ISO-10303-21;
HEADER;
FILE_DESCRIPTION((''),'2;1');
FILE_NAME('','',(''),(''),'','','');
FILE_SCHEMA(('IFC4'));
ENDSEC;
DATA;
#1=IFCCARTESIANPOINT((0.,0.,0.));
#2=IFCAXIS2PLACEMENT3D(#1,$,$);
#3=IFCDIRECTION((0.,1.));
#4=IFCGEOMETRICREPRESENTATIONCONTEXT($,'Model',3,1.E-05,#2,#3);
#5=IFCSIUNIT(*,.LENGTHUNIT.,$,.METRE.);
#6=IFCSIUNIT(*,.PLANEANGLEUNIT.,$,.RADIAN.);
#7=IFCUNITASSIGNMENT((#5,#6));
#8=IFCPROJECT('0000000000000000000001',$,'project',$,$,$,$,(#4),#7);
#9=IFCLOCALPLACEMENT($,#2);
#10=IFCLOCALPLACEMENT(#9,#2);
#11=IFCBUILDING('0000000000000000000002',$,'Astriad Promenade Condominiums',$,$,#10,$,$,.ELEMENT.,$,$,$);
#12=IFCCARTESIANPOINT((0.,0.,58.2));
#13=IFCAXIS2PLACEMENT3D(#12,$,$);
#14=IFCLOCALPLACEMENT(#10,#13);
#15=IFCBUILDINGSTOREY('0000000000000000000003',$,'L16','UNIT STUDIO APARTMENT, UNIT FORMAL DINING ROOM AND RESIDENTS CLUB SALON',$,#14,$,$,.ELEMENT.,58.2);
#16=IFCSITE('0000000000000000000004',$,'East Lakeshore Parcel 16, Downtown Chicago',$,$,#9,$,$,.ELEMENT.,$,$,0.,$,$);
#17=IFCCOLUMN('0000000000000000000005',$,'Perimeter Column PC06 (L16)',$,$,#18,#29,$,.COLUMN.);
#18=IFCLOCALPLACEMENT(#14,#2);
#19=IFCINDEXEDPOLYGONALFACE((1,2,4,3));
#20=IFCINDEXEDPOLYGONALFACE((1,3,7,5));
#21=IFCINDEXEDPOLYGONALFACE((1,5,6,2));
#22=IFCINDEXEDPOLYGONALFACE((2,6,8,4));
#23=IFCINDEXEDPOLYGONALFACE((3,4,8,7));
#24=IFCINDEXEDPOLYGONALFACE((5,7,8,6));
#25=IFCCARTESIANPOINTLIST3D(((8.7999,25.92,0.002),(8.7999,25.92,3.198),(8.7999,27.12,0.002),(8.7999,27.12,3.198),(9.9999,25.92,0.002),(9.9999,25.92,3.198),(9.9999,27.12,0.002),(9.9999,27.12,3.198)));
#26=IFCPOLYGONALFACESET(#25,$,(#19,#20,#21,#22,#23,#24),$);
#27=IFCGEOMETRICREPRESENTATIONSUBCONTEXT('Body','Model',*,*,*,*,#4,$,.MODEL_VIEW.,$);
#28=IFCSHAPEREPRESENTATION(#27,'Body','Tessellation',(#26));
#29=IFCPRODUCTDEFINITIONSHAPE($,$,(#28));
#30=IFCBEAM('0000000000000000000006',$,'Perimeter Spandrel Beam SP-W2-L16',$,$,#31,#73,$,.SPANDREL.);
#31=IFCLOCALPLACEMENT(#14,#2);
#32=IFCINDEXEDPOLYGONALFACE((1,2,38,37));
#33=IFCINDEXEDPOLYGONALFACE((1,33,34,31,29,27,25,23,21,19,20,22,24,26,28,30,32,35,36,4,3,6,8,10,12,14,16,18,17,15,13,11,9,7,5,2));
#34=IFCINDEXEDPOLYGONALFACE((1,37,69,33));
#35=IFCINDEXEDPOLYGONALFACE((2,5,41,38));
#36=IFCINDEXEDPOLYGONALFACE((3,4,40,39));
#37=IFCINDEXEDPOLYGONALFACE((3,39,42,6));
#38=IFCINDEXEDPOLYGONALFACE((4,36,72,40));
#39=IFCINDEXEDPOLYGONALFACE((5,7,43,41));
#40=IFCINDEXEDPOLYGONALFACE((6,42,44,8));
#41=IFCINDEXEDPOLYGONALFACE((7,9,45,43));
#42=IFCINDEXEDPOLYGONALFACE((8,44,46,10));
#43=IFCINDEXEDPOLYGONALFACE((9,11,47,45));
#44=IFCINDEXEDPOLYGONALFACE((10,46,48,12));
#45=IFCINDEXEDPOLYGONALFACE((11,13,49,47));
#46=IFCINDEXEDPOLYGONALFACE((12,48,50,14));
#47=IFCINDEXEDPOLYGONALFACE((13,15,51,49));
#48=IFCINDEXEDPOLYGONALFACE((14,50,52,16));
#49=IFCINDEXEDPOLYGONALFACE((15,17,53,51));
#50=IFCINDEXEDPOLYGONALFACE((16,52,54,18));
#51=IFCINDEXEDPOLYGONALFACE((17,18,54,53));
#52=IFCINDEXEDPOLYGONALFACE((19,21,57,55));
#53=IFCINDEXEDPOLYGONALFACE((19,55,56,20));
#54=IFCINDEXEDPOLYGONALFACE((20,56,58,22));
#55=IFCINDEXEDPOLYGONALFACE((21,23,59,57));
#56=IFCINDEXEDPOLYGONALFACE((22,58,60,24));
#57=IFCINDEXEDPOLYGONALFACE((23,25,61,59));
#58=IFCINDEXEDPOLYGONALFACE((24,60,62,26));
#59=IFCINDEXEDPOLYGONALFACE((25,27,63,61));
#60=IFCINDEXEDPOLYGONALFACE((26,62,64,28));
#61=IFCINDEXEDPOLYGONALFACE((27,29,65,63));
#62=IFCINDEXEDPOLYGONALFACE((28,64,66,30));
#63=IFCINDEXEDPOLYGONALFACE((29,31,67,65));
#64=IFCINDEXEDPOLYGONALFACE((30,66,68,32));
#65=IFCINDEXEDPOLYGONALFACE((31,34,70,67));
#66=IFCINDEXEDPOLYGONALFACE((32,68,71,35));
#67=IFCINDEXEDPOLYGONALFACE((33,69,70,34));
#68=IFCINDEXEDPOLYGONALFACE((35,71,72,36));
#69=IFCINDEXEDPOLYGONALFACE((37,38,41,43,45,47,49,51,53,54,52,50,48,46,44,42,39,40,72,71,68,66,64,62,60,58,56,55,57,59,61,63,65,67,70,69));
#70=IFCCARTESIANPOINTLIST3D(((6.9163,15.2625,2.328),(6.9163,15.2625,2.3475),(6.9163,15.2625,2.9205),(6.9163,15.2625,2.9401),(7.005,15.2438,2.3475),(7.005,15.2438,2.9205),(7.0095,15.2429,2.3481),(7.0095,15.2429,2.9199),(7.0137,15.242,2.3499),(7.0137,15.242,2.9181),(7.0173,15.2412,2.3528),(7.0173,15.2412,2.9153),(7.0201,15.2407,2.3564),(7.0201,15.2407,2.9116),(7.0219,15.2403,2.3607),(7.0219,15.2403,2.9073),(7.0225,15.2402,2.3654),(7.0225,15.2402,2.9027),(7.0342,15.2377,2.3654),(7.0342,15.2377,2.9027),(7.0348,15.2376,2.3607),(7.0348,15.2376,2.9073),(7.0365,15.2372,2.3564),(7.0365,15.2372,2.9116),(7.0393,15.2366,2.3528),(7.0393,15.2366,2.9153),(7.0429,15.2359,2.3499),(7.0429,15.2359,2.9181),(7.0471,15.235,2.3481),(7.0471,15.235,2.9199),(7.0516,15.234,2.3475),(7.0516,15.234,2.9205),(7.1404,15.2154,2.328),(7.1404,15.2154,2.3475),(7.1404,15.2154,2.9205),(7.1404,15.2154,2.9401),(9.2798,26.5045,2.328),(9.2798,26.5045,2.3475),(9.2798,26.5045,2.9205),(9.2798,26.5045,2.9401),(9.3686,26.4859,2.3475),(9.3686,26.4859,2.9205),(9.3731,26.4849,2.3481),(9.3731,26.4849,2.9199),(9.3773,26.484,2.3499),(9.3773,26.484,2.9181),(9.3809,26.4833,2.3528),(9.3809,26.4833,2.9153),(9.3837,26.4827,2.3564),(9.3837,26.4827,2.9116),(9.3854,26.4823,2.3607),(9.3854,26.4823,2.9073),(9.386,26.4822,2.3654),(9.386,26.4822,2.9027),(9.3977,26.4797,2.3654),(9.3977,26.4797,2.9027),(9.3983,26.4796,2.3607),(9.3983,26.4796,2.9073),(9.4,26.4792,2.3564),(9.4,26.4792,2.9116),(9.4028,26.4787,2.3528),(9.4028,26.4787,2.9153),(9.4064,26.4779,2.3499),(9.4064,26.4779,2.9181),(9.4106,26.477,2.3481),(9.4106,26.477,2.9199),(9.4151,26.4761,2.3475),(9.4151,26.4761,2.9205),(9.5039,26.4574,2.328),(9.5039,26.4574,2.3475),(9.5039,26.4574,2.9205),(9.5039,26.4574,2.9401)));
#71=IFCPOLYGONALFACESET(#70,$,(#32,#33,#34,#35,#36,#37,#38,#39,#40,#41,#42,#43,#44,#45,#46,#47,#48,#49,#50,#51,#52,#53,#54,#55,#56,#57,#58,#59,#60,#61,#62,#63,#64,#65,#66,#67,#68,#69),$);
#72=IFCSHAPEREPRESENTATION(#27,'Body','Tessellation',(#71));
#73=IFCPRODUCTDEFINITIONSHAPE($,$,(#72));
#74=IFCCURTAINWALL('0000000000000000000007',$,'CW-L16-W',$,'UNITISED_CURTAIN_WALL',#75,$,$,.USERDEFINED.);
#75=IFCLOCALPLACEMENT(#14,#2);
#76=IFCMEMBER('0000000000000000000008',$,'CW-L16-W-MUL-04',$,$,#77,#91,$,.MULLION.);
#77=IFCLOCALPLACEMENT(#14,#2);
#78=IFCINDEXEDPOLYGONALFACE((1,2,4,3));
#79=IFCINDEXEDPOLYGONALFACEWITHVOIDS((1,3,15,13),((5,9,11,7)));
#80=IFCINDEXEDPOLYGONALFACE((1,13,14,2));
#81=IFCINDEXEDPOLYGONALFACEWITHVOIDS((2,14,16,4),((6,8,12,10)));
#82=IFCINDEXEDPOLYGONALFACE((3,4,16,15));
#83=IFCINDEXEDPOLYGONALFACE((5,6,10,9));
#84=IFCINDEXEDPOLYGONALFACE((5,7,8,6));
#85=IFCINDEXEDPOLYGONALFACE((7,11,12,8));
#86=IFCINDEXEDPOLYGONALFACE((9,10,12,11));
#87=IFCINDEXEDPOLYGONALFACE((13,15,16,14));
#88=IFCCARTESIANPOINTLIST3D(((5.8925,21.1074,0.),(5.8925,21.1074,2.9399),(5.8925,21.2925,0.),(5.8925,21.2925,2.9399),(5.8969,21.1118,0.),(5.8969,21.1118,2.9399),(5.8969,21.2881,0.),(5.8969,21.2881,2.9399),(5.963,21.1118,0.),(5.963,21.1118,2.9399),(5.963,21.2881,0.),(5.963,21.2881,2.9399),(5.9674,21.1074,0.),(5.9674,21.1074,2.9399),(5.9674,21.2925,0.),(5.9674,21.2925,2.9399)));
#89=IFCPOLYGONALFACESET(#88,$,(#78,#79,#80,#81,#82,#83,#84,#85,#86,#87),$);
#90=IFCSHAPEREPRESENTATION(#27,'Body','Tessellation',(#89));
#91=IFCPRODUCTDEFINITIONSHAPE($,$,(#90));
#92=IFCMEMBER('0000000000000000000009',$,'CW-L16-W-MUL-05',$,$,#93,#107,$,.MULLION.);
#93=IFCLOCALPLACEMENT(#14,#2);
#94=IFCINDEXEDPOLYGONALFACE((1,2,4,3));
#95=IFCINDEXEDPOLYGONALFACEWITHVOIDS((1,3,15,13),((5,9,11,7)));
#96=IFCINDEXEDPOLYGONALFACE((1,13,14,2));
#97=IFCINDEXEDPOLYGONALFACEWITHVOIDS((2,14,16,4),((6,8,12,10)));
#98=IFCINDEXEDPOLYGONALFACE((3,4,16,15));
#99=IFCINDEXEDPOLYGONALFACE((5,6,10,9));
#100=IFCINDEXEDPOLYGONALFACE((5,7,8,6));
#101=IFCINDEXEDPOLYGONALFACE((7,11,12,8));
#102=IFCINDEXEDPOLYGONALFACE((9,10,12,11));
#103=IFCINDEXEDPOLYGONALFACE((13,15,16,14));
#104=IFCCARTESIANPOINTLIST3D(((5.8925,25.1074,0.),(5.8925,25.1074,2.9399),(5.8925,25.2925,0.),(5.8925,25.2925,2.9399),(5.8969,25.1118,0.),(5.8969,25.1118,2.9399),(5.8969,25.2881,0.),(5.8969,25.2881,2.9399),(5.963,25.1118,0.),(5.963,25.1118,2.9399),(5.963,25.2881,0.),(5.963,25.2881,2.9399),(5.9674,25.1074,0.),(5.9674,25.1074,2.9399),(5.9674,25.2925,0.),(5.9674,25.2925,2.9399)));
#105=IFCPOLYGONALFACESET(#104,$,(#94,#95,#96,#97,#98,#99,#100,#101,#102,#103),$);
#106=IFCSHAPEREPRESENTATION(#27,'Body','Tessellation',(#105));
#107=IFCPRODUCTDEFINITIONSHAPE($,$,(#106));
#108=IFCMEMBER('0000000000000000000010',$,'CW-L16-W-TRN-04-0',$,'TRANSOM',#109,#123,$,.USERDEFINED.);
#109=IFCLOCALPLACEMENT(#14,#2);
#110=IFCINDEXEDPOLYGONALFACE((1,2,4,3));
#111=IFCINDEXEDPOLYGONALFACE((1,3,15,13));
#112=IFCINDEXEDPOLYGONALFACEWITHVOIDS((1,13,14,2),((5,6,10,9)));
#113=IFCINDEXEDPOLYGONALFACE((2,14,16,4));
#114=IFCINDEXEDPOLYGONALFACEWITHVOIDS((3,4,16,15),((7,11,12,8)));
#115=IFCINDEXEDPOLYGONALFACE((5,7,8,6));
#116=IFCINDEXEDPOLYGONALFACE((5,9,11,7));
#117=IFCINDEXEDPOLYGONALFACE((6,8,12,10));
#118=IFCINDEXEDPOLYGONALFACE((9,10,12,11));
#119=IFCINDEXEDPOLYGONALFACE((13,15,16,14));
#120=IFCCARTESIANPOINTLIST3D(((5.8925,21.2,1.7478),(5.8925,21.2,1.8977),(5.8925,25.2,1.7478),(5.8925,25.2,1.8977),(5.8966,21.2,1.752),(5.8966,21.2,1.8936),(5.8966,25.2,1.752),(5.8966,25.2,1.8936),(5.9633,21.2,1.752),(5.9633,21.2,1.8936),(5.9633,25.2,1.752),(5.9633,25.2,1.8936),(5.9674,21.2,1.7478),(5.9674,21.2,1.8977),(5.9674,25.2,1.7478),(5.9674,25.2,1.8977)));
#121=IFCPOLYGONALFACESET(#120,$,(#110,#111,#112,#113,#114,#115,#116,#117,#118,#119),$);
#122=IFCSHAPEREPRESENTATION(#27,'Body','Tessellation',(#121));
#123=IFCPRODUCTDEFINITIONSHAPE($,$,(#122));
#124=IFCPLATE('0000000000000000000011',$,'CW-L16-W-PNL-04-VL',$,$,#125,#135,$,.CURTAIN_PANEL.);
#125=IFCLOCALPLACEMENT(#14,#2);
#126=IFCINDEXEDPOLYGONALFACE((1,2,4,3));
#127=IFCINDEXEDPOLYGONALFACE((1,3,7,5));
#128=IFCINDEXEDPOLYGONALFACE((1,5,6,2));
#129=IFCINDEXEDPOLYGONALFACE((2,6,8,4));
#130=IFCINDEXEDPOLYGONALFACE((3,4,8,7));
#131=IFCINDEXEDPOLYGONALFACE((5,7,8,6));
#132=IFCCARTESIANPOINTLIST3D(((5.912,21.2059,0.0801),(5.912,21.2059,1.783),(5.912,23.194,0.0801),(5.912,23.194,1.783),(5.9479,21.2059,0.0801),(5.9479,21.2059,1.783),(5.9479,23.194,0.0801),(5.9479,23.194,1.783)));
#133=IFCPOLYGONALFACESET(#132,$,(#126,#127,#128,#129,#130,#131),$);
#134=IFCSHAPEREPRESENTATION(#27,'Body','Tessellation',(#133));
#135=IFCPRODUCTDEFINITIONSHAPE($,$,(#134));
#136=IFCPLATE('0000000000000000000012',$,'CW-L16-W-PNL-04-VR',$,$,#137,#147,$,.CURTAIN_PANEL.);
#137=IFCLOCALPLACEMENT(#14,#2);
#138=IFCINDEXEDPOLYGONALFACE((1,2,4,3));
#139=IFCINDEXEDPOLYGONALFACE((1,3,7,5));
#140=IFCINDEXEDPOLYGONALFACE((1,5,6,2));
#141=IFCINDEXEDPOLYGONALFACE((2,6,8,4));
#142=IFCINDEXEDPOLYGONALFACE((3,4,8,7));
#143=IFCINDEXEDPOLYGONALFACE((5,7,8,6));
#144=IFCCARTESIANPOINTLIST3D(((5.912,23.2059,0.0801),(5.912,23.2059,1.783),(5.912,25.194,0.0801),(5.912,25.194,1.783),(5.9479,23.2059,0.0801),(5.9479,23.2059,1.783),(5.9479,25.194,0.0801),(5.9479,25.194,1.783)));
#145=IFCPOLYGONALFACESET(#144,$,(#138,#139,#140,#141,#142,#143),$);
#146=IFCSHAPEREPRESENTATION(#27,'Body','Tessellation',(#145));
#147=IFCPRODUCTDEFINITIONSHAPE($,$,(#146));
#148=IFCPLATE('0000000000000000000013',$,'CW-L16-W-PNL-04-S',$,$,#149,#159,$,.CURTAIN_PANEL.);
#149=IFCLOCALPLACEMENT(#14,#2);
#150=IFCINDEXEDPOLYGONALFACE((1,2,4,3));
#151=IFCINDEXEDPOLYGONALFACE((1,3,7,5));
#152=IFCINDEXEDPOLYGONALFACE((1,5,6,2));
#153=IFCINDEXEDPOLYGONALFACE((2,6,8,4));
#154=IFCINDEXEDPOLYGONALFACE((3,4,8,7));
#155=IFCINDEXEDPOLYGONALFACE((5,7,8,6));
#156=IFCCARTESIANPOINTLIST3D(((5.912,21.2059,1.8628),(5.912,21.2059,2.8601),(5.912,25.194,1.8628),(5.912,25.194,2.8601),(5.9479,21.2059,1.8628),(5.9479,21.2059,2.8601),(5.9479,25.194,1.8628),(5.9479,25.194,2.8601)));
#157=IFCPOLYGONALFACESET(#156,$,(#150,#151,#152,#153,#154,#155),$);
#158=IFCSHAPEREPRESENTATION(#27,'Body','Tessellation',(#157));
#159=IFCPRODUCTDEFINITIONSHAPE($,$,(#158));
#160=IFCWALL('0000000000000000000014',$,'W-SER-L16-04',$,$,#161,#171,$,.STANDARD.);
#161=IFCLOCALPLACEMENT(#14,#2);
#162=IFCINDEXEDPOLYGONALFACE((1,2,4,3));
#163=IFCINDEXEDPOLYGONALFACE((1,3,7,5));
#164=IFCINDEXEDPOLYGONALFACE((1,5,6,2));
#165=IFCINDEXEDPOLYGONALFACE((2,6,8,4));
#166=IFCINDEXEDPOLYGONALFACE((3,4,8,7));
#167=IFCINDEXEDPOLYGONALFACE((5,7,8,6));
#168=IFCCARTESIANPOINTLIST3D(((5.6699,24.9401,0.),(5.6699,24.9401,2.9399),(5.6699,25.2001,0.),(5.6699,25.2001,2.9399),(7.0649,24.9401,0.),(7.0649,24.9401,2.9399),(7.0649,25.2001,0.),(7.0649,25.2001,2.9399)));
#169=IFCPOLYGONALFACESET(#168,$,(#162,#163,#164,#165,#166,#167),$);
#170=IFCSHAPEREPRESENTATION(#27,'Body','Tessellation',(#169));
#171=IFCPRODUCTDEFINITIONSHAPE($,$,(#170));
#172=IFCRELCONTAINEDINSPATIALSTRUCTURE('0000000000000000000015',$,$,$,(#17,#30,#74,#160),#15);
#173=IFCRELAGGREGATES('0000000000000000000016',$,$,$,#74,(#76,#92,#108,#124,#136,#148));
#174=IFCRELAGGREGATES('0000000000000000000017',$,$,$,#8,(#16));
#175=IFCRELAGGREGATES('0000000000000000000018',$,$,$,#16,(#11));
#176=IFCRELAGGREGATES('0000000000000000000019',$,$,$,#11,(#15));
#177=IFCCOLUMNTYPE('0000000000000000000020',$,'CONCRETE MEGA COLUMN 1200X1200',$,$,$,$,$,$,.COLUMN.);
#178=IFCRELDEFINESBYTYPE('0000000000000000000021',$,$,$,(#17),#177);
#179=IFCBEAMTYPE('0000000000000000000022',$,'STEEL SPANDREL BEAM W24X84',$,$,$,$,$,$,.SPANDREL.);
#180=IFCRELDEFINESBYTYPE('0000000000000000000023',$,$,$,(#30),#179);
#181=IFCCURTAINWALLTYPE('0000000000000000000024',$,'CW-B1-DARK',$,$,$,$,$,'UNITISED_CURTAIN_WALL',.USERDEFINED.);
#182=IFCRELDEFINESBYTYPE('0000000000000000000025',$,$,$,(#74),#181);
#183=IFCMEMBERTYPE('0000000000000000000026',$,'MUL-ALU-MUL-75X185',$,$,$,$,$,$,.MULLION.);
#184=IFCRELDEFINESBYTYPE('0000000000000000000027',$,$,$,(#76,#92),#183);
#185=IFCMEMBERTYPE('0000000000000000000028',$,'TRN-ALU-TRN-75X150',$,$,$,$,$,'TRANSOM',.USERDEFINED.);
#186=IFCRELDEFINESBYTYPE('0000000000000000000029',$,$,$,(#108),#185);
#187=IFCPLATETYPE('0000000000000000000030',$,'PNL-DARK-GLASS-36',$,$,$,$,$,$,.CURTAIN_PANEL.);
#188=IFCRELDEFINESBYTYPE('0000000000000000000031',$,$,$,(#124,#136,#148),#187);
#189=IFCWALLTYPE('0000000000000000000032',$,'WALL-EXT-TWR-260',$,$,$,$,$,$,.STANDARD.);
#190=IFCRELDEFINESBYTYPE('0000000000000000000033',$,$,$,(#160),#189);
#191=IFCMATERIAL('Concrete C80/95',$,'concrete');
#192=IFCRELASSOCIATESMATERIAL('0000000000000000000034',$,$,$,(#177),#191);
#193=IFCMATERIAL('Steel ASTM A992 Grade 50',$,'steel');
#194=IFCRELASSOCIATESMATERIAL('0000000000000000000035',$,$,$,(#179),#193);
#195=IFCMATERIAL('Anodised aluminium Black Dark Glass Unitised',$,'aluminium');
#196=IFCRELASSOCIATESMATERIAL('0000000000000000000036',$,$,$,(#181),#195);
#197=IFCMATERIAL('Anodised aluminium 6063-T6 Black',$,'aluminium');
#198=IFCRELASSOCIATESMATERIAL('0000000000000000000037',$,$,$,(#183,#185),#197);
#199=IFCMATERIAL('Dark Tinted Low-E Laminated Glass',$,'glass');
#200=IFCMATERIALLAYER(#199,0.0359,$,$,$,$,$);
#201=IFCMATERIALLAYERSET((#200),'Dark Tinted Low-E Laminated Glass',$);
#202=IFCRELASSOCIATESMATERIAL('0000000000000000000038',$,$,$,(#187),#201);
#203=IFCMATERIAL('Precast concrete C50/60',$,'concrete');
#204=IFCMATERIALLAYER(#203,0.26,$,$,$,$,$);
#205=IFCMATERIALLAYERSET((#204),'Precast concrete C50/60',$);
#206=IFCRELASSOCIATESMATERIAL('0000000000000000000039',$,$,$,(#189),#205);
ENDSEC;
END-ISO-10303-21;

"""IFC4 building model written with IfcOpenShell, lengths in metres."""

from ifc_helpers import new_model, si_unit, direction, frame, frame_2d, origin, origin_2d, place, context, subcontext, project, spatial, rectangle, hollow_rectangle, i_section, extrude, source, transform, mapped, material, layer, layer_set, material_profile, profile_set, type_object, type_shapes, element, aggregate, save


model = new_model("IFC4")

# Units and contexts
model_context = context("Model", 3, precision=1e-05, world=origin(), true_north=direction((0.0, 1.0)))
body_context = subcontext(model_context, "Body", "Model", "MODEL_VIEW")
ifc_project = project(units=[si_unit("LENGTHUNIT", "METRE"), si_unit("PLANEANGLEUNIT", "RADIAN")], contexts=[model_context])

# Site, building, storey
site_placement = place(None, origin())
site = spatial("IfcSite", under=ifc_project, at=site_placement, Name="East Lakeshore Parcel 16, Downtown Chicago", CompositionType="ELEMENT", RefElevation=0.0)
building_placement = place(site_placement, origin())
building = spatial("IfcBuilding", under=site, at=building_placement, Name="Astriad Promenade Condominiums", CompositionType="ELEMENT")
storey_placement = place(building_placement, frame((0.0, 0.0, 58.2)))
storey = spatial("IfcBuildingStorey", under=building, at=storey_placement, Name="L16", Description="UNIT STUDIO APARTMENT, UNIT FORMAL DINING ROOM AND RESIDENTS CLUB SALON", CompositionType="ELEMENT", Elevation=58.2)

# Column
ifc_material_1 = material(Name="Concrete C80/95", Category="concrete")
ifc_material_profile_1 = material_profile(ifc_material_1, rectangle(XDim=1.2, YDim=1.2, at=origin_2d()), Name="RC-COL-1200X1200")
ifc_profile_set_1 = profile_set([ifc_material_profile_1], Name="Concrete C80/95")
column_type = type_object("IfcColumnType", Name="CONCRETE MEGA COLUMN 1200X1200", PredefinedType="COLUMN", material=ifc_profile_set_1)
shared_shape_1 = source(origin(), body_context, "Body", "SweptSolid", [
    extrude(rectangle(XDim=1.2, YDim=1.2, at=origin_2d()), origin(), (0.0, 0.0, 1.0), 3.196),
])
type_shapes(column_type, [shared_shape_1])
column_placement = place(storey_placement, frame((9.3999, 26.52, 0.002), z_axis=(0.0, 0.0, 1.0), x_axis=(1.0, 0.0, 0.0)))
element("IfcColumn", 1, at=column_placement, inside=storey, type_object=column_type, Name="Perimeter Column PC06 (L16)", PredefinedType="COLUMN", context=body_context, shape_type="MappedRepresentation", body=[
    mapped(shared_shape_1, transform((0.0, 0.0, 0.0), scale=1.0)),
])

# Beam
ifc_material_2 = material(Name="Steel ASTM A992 Grade 50", Category="steel")
ifc_material_profile_2 = material_profile(ifc_material_2, i_section(OverallWidth=0.229, OverallDepth=0.6121, WebThickness=0.012, FlangeThickness=0.0195, FilletRadius=0.0178, at=origin_2d()), Name="W24X84")
ifc_profile_set_2 = profile_set([ifc_material_profile_2], Name="Steel ASTM A992 Grade 50")
beam_type = type_object("IfcBeamType", Name="STEEL SPANDREL BEAM W24X84", PredefinedType="SPANDREL", material=ifc_profile_set_2)
shared_shape_2 = source(origin(), body_context, "Body", "SweptSolid", [
    extrude(i_section(OverallWidth=0.229, OverallDepth=0.6121, WebThickness=0.012, FlangeThickness=0.0195, FilletRadius=0.0178, at=origin_2d()), origin(), (0.0, 0.0, 1.0), 11.4878),
])
type_shapes(beam_type, [shared_shape_2])
beam_placement = place(storey_placement, frame((9.3918, 26.481, 2.634), z_axis=(-0.205744, -0.978606, 0.0), x_axis=(0.978606, -0.205744, 0.0)))
element("IfcBeam", 2, at=beam_placement, inside=storey, type_object=beam_type, Name="Perimeter Spandrel Beam SP-W2-L16", PredefinedType="SPANDREL", context=body_context, shape_type="MappedRepresentation", body=[
    mapped(shared_shape_2, transform((0.0, 0.0, 0.0), scale=1.0)),
])

# Curtain wall, members, plates
ifc_material_3 = material(Name="Anodised aluminium Black Dark Glass Unitised", Category="aluminium")
curtain_wall_type = type_object("IfcCurtainWallType", Name="CW-B1-DARK", ElementType="UNITISED_CURTAIN_WALL", PredefinedType="USERDEFINED", material=ifc_material_3)
curtain_wall_placement = place(storey_placement, origin())
curtain_wall = element("IfcCurtainWall", 3, at=curtain_wall_placement, inside=storey, type_object=curtain_wall_type, Name="CW-L16-W", ObjectType="UNITISED_CURTAIN_WALL", PredefinedType="USERDEFINED")
ifc_material_4 = material(Name="Anodised aluminium 6063-T6 Black", Category="aluminium")
ifc_material_profile_3 = material_profile(ifc_material_4, hollow_rectangle(XDim=0.075, YDim=0.1851, WallThickness=0.0044, at=origin_2d()), Name="ALU-MUL-75X185")
ifc_profile_set_3 = profile_set([ifc_material_profile_3], Name="Anodised aluminium 6063-T6 Black")
member_type_1 = type_object("IfcMemberType", Name="MUL-ALU-MUL-75X185", PredefinedType="MULLION", material=ifc_profile_set_3)
shared_shape_3 = source(origin(), body_context, "Body", "SweptSolid", [
    extrude(hollow_rectangle(XDim=0.075, YDim=0.1851, WallThickness=0.0044, at=origin_2d()), origin(), (0.0, 0.0, 1.0), 2.9399),
])
type_shapes(member_type_1, [shared_shape_3])
member_1_placement = place(storey_placement, frame((5.9299, 21.2, 0.0), z_axis=(0.0, 0.0, 1.0), x_axis=(1.0, 0.0, 0.0)))
member_1 = element("IfcMember", 4, at=member_1_placement, type_object=member_type_1, Name="CW-L16-W-MUL-04", PredefinedType="MULLION", context=body_context, shape_type="MappedRepresentation", body=[
    mapped(shared_shape_3, transform((0.0, 0.0, 0.0), scale=1.0)),
])
member_2_placement = place(storey_placement, frame((5.9299, 25.2, 0.0), z_axis=(0.0, 0.0, 1.0), x_axis=(1.0, 0.0, 0.0)))
member_2 = element("IfcMember", 5, at=member_2_placement, type_object=member_type_1, Name="CW-L16-W-MUL-05", PredefinedType="MULLION", context=body_context, shape_type="MappedRepresentation", body=[
    mapped(shared_shape_3, transform((0.0, 0.0, 0.0), scale=1.0)),
])
ifc_material_profile_4 = material_profile(ifc_material_4, hollow_rectangle(XDim=0.075, YDim=0.1499, WallThickness=0.0042, at=origin_2d()), Name="ALU-TRN-75X150")
ifc_profile_set_4 = profile_set([ifc_material_profile_4], Name="Anodised aluminium 6063-T6 Black")
member_type_2 = type_object("IfcMemberType", Name="TRN-ALU-TRN-75X150", ElementType="TRANSOM", PredefinedType="USERDEFINED", material=ifc_profile_set_4)
shared_shape_4 = source(origin(), body_context, "Body", "SweptSolid", [
    extrude(hollow_rectangle(XDim=0.075, YDim=0.1499, WallThickness=0.0042, at=origin_2d()), origin(), (0.0, 0.0, 1.0), 4.0),
])
type_shapes(member_type_2, [shared_shape_4])
member_3_placement = place(storey_placement, frame((5.9299, 21.2, 1.8228), z_axis=(0.0, 1.0, 0.0), x_axis=(-1.0, 0.0, 0.0)))
member_3 = element("IfcMember", 6, at=member_3_placement, type_object=member_type_2, Name="CW-L16-W-TRN-04-0", ObjectType="TRANSOM", PredefinedType="USERDEFINED", context=body_context, shape_type="MappedRepresentation", body=[
    mapped(shared_shape_4, transform((0.0, 0.0, 0.0), scale=1.0)),
])
ifc_material_5 = material(Name="Dark Tinted Low-E Laminated Glass", Category="glass")
ifc_layer_1 = layer(ifc_material_5, 0.0359)
ifc_layer_set_1 = layer_set([ifc_layer_1], Name="Dark Tinted Low-E Laminated Glass")
plate_type = type_object("IfcPlateType", Name="PNL-DARK-GLASS-36", PredefinedType="CURTAIN_PANEL", material=ifc_layer_set_1)
shared_shape_5 = source(origin(), body_context, "Body", "SweptSolid", [
    extrude(rectangle(XDim=1.988, YDim=0.0359, at=origin_2d()), origin(), (0.0, 0.0, 1.0), 1.7029),
])
plate_1_placement = place(storey_placement, frame((5.9299, 22.2, 0.0801), z_axis=(0.0, 0.0, 1.0), x_axis=(0.0, 1.0, 0.0)))
plate_1 = element("IfcPlate", 7, at=plate_1_placement, type_object=plate_type, Name="CW-L16-W-PNL-04-VL", PredefinedType="CURTAIN_PANEL", context=body_context, shape_type="MappedRepresentation", body=[
    mapped(shared_shape_5, transform((0.0, 0.0, 0.0), scale=1.0)),
])
plate_2_placement = place(storey_placement, frame((5.9299, 24.2, 0.0801), z_axis=(0.0, 0.0, 1.0), x_axis=(0.0, 1.0, 0.0)))
plate_2 = element("IfcPlate", 8, at=plate_2_placement, type_object=plate_type, Name="CW-L16-W-PNL-04-VR", PredefinedType="CURTAIN_PANEL", context=body_context, shape_type="MappedRepresentation", body=[
    mapped(shared_shape_5, transform((0.0, 0.0, 0.0), scale=1.0)),
])
shared_shape_6 = source(origin(), body_context, "Body", "SweptSolid", [
    extrude(rectangle(XDim=3.988, YDim=0.0359, at=origin_2d()), origin(), (0.0, 0.0, 1.0), 0.9973),
])
type_shapes(plate_type, [shared_shape_5, shared_shape_6])
plate_3_placement = place(storey_placement, frame((5.9299, 23.2, 1.8628), z_axis=(0.0, 0.0, 1.0), x_axis=(0.0, 1.0, 0.0)))
plate_3 = element("IfcPlate", 9, at=plate_3_placement, type_object=plate_type, Name="CW-L16-W-PNL-04-S", PredefinedType="CURTAIN_PANEL", context=body_context, shape_type="MappedRepresentation", body=[
    mapped(shared_shape_6, transform((0.0, 0.0, 0.0), scale=1.0)),
])
aggregate(curtain_wall, [member_1, member_2, member_3, plate_1, plate_2, plate_3])

# Wall
ifc_material_6 = material(Name="Precast concrete C50/60", Category="concrete")
ifc_layer_2 = layer(ifc_material_6, 0.26)
ifc_layer_set_2 = layer_set([ifc_layer_2], Name="Precast concrete C50/60")
wall_type_1 = type_object("IfcWallType", Name="WALL-EXT-TWR-260", PredefinedType="STANDARD", material=ifc_layer_set_2)
for number, where, z_axis, x_axis, name in (
    (10, (5.6699, 25.0701, 0.0), (0.0, 0.0, 1.0), (1.0, 0.0, 0.0), "W-SER-L16-04"),
):
    element("IfcWall", number, at=place(storey_placement, frame(where, z_axis=z_axis, x_axis=x_axis)), inside=storey, type_object=wall_type_1, Name=name, PredefinedType="STANDARD", context=body_context, shape_type="SweptSolid", body=[
        extrude(rectangle(XDim=1.395, YDim=0.26, at=frame_2d((0.6975, 0.0))), origin(), (0.0, 0.0, 1.0), 2.9399),
    ])

save(model, "model.ifc")
